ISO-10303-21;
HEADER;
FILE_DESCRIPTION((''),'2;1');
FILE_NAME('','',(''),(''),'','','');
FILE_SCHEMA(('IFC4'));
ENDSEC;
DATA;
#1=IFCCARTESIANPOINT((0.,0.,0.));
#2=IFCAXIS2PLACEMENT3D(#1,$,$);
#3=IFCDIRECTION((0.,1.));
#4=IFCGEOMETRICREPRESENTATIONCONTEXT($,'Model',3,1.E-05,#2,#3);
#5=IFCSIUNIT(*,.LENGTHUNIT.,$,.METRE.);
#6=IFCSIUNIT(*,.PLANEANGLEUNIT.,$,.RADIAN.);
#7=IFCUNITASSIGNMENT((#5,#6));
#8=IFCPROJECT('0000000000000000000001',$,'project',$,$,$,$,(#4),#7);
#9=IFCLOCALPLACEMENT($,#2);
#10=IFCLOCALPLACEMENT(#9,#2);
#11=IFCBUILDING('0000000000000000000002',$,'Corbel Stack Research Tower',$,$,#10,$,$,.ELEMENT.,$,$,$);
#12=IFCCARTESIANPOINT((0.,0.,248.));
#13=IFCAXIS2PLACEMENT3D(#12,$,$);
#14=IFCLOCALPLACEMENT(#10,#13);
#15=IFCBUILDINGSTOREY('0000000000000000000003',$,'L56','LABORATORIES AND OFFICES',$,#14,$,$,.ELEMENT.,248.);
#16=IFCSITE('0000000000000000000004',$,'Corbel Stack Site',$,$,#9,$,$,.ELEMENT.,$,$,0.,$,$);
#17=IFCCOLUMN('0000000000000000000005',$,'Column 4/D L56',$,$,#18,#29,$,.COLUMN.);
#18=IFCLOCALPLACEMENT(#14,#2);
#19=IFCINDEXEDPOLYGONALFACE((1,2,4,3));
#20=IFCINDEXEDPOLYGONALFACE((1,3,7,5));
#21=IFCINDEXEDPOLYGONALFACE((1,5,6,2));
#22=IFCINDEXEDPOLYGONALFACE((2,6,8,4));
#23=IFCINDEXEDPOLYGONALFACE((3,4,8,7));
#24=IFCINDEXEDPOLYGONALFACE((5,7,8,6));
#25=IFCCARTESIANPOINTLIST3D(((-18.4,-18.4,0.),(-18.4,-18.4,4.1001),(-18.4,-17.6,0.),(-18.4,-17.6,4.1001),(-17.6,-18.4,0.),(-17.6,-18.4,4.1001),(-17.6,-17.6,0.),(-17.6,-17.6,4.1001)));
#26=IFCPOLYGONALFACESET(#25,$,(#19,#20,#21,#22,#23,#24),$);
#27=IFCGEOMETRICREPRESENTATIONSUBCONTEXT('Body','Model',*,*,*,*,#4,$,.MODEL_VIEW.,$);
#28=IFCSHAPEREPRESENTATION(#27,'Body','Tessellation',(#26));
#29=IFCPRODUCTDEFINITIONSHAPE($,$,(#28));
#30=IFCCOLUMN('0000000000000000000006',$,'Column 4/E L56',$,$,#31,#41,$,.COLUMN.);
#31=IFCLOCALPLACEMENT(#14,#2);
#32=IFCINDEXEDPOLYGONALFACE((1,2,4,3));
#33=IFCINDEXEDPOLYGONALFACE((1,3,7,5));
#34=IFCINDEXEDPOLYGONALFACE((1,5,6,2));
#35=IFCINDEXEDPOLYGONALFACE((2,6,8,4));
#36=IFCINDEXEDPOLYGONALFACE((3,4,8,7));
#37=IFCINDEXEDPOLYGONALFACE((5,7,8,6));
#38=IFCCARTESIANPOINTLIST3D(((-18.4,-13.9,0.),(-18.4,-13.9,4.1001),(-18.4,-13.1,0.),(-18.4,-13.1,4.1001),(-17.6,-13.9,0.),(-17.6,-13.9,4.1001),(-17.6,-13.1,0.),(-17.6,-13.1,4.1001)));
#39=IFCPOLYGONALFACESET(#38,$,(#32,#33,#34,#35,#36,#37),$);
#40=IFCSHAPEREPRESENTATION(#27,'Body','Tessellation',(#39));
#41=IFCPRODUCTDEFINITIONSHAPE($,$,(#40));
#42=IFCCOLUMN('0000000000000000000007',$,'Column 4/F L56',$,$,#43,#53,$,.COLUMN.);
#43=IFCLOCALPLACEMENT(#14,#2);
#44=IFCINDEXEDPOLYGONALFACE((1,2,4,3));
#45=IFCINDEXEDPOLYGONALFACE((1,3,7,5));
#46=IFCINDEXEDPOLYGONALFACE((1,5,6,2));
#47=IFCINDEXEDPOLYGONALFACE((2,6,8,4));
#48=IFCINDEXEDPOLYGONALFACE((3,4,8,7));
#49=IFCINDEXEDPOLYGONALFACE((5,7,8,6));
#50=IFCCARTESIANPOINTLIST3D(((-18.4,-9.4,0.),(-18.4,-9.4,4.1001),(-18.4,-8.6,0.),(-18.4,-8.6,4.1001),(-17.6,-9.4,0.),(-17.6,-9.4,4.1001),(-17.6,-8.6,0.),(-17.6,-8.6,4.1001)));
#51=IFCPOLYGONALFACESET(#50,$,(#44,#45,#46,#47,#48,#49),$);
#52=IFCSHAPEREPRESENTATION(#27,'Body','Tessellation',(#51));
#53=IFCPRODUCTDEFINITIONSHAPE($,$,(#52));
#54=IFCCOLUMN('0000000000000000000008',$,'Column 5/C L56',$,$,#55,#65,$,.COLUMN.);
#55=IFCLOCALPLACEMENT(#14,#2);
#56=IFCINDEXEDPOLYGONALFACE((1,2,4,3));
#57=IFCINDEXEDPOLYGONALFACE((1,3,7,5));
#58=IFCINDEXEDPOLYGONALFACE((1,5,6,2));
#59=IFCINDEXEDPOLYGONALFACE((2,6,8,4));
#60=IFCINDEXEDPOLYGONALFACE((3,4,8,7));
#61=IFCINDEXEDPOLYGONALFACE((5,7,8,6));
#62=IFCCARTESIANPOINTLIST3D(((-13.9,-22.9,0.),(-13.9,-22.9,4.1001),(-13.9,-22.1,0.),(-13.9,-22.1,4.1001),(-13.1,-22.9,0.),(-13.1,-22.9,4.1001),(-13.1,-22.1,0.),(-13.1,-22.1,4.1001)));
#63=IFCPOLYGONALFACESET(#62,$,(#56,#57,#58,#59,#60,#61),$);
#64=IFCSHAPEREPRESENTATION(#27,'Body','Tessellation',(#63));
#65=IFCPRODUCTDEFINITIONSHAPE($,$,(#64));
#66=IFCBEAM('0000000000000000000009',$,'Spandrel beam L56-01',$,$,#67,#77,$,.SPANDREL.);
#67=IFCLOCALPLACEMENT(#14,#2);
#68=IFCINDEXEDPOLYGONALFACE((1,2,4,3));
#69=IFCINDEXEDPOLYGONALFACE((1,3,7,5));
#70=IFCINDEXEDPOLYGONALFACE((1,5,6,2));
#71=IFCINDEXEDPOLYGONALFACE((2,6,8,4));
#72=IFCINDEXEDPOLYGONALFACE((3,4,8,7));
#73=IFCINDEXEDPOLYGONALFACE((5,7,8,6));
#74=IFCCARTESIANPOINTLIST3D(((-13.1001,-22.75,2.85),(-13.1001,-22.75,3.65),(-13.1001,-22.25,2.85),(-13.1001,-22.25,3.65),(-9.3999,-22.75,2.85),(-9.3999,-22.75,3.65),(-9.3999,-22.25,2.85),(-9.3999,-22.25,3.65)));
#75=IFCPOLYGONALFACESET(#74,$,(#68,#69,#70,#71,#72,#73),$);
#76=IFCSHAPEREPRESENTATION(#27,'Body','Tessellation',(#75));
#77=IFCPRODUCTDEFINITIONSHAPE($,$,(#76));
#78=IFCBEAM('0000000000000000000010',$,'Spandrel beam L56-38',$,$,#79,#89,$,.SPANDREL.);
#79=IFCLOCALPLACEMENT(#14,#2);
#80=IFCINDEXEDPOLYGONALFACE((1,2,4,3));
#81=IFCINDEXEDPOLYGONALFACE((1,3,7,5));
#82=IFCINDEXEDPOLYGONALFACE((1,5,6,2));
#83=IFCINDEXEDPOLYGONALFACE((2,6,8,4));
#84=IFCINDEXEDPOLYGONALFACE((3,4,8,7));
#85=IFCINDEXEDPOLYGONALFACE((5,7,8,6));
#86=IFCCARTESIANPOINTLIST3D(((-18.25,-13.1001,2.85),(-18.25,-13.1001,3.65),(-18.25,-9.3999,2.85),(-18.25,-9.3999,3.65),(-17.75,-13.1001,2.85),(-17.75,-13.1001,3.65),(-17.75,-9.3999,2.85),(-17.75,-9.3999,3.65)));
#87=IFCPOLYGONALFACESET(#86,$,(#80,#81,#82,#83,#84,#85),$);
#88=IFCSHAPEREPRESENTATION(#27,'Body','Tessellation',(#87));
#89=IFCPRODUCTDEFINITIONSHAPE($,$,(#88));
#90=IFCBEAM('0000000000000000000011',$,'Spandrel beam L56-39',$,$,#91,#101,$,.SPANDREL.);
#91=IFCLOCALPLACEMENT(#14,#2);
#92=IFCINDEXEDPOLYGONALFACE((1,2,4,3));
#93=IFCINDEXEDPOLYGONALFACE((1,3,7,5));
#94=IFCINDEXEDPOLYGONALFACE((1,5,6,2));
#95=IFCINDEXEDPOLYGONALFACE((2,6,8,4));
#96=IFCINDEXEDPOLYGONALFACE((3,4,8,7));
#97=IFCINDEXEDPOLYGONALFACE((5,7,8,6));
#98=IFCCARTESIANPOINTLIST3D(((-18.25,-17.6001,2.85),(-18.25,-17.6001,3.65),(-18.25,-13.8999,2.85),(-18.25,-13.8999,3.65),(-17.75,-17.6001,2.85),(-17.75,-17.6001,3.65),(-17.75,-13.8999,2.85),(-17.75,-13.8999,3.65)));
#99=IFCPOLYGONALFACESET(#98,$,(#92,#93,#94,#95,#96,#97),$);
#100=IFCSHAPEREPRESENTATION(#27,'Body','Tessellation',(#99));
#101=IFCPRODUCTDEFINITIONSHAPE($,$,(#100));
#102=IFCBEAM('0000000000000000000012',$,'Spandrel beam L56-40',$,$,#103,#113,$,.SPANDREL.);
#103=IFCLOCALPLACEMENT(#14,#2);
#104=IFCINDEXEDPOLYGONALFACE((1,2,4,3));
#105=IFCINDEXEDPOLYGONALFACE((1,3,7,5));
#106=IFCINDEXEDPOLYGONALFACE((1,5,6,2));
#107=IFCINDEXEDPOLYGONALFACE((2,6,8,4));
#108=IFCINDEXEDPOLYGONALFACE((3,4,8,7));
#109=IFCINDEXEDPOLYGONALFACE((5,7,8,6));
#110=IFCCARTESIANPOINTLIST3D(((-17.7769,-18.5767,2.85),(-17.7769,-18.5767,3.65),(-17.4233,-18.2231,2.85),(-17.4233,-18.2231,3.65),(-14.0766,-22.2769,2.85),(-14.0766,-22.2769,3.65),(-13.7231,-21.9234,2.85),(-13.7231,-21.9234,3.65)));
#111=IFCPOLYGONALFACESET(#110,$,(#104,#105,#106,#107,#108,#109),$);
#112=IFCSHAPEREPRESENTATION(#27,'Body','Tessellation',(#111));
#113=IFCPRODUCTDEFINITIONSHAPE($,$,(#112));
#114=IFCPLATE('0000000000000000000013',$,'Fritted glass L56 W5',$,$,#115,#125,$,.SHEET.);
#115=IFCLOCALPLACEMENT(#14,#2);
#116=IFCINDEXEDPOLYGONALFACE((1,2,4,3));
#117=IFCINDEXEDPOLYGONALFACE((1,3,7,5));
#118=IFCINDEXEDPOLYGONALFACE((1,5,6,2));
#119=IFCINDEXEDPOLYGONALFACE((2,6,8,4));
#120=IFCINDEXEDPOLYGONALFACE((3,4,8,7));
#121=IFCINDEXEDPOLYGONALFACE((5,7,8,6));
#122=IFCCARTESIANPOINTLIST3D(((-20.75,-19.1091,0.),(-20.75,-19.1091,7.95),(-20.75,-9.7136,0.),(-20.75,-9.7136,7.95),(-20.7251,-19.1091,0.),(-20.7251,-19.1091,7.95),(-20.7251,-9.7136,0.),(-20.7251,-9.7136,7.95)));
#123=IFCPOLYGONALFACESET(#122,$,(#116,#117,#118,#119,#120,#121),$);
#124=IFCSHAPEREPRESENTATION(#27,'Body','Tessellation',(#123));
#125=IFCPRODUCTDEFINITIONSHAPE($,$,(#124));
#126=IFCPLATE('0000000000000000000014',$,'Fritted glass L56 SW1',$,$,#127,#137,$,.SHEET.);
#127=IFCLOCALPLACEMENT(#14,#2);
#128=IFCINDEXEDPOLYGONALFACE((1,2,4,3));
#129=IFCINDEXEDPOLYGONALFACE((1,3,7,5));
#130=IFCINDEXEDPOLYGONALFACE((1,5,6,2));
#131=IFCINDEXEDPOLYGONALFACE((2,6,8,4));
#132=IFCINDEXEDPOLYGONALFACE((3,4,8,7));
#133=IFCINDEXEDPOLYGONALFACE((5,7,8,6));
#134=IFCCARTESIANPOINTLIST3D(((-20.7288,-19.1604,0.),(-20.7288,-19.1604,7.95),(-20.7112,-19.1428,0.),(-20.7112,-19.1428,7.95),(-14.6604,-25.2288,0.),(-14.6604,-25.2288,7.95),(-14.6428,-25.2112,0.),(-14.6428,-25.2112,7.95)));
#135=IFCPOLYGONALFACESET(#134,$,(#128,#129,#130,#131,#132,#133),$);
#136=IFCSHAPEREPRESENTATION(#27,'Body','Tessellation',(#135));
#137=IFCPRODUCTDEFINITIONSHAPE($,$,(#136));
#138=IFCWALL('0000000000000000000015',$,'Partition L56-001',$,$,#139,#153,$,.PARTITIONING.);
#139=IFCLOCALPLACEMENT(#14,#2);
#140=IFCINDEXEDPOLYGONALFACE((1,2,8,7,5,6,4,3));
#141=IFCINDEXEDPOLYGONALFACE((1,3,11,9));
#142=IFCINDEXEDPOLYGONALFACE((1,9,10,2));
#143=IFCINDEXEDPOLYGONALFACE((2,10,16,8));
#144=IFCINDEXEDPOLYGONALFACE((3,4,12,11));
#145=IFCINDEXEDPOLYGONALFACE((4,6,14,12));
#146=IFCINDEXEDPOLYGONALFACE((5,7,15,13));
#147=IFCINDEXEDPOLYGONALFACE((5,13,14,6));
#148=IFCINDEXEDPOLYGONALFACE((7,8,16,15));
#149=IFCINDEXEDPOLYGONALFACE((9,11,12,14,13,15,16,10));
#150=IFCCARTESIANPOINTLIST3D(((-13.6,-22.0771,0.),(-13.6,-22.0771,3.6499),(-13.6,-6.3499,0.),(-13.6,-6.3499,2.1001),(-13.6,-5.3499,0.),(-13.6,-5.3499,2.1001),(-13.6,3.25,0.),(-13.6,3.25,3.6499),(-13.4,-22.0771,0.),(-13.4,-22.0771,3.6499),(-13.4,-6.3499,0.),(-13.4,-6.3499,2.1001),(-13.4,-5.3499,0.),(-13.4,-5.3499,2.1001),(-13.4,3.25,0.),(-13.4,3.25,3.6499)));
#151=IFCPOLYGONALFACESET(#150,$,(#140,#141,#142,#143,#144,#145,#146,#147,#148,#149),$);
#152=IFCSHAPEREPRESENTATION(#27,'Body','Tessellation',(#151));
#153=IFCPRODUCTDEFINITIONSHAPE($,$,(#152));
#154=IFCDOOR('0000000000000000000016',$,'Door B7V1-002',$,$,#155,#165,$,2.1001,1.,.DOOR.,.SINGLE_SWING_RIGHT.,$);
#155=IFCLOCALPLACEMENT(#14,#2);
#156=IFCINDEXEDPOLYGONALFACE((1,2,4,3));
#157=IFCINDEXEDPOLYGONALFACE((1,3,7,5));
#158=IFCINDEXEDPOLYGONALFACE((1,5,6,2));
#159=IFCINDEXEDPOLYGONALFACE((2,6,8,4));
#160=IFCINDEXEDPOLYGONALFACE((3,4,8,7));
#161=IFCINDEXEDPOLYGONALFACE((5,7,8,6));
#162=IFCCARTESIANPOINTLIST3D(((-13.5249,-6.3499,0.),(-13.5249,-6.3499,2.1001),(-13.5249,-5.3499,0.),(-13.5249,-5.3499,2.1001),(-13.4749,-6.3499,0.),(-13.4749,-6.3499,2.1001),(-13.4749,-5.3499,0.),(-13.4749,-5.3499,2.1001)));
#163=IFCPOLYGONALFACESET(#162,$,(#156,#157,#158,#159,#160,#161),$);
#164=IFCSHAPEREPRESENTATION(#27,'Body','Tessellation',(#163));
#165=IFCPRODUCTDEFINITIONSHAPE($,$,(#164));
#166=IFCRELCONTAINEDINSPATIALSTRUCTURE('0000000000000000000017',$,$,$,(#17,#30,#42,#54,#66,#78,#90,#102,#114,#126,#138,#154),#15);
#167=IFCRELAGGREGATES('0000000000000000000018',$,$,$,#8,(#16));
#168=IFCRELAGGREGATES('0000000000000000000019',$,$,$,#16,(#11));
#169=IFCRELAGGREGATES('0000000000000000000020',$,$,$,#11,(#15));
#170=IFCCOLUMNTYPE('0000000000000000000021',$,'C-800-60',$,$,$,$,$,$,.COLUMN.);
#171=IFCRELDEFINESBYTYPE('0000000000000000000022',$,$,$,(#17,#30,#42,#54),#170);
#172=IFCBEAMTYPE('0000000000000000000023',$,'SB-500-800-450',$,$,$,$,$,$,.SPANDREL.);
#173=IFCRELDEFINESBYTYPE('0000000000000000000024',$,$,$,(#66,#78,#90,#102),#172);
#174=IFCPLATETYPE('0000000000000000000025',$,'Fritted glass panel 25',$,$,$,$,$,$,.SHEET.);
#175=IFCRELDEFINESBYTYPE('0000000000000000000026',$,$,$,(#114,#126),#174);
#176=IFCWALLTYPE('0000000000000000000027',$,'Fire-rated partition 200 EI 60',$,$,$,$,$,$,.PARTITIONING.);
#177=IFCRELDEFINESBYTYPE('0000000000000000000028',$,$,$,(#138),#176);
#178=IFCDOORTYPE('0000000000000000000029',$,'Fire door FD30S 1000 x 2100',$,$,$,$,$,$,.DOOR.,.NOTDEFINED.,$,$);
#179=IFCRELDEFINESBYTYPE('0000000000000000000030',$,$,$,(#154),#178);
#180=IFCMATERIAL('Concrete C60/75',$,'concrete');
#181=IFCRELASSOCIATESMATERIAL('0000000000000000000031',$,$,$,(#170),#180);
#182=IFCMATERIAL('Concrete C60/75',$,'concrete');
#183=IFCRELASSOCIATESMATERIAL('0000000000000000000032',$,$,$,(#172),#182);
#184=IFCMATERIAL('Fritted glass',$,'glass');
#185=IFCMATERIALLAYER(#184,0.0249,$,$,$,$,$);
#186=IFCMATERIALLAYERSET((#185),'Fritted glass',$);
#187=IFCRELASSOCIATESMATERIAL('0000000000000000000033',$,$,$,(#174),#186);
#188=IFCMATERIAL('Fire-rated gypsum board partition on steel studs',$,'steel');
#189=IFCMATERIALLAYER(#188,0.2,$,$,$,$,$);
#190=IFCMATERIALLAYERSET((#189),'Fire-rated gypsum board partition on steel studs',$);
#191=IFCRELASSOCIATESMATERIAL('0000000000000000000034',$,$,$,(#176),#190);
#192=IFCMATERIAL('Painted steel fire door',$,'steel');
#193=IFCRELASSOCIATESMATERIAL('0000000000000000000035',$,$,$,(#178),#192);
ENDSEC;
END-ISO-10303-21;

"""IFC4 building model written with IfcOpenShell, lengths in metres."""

from ifc_helpers import new_model, si_unit, direction, frame, frame_2d, origin, origin_2d, place, context, subcontext, project, spatial, rectangle, extrude, material, layer, layer_set, material_profile, profile_set, type_object, element, fill, save


model = new_model("IFC4")

# Units and contexts
model_context = context("Model", 3, precision=1e-05, world=origin(), true_north=direction((0.0, 1.0)))
body_context = subcontext(model_context, "Body", "Model", "MODEL_VIEW")
ifc_project = project(units=[si_unit("LENGTHUNIT", "METRE"), si_unit("PLANEANGLEUNIT", "RADIAN")], contexts=[model_context])

# Site, building, storey
site_placement = place(None, origin())
site = spatial("IfcSite", under=ifc_project, at=site_placement, Name="Corbel Stack Site", CompositionType="ELEMENT", RefElevation=0.0)
building_placement = place(site_placement, origin())
building = spatial("IfcBuilding", under=site, at=building_placement, Name="Corbel Stack Research Tower", CompositionType="ELEMENT")
storey_placement = place(building_placement, frame((0.0, 0.0, 248.0)))
storey = spatial("IfcBuildingStorey", under=building, at=storey_placement, Name="L56", Description="LABORATORIES AND OFFICES", CompositionType="ELEMENT", Elevation=248.0)

# Columns
ifc_material_1 = material(Name="Concrete C60/75", Category="concrete")
ifc_material_profile_1 = material_profile(ifc_material_1, rectangle(XDim=0.8, YDim=0.8, at=origin_2d()), Name="RC 800 x 800")
ifc_profile_set_1 = profile_set([ifc_material_profile_1], Name="Concrete C60/75")
column_type = type_object("IfcColumnType", Name="C-800-60", PredefinedType="COLUMN", material=ifc_profile_set_1)
for number, where, z_axis, x_axis, name in (
    (1, (-18.0, -18.0, 0.0), (0.0, 0.0, 1.0), (1.0, 0.0, 0.0), "Column 4/D L56"),
    (2, (-18.0, -13.5, 0.0), (0.0, 0.0, 1.0), (1.0, 0.0, 0.0), "Column 4/E L56"),
    (3, (-18.0, -9.0, 0.0), (0.0, 0.0, 1.0), (1.0, 0.0, 0.0), "Column 4/F L56"),
    (4, (-13.5, -22.5, 0.0), (0.0, 0.0, 1.0), (1.0, 0.0, 0.0), "Column 5/C L56"),
):
    element("IfcColumn", number, at=place(storey_placement, frame(where, z_axis=z_axis, x_axis=x_axis)), inside=storey, type_object=column_type, Name=name, PredefinedType="COLUMN", context=body_context, shape_type="SweptSolid", body=[
        extrude(rectangle(XDim=0.8, YDim=0.8, at=origin_2d()), origin(), (0.0, 0.0, 1.0), 4.1001),
    ])

# Beams
ifc_material_2 = material(Name="Concrete C60/75", Category="concrete")
ifc_material_profile_2 = material_profile(ifc_material_2, rectangle(XDim=0.5, YDim=0.8, at=origin_2d()), Name="RC 500 x 800")
ifc_profile_set_2 = profile_set([ifc_material_profile_2], Name="Concrete C60/75")
beam_type = type_object("IfcBeamType", Name="SB-500-800-450", PredefinedType="SPANDREL", material=ifc_profile_set_2)
for number, where, z_axis, x_axis, name in (
    (5, (-13.1001, -22.5, 3.25), (1.0, 0.0, 0.0), (0.0, 1.0, 0.0), "Spandrel beam L56-01"),
    (6, (-18.0, -9.3999, 3.25), (0.0, -1.0, 0.0), (1.0, 0.0, 0.0), "Spandrel beam L56-38"),
    (7, (-18.0, -13.8999, 3.25), (0.0, -1.0, 0.0), (1.0, 0.0, 0.0), "Spandrel beam L56-39"),
):
    element("IfcBeam", number, at=place(storey_placement, frame(where, z_axis=z_axis, x_axis=x_axis)), inside=storey, type_object=beam_type, Name=name, PredefinedType="SPANDREL", context=body_context, shape_type="SweptSolid", body=[
        extrude(rectangle(XDim=0.5, YDim=0.8, at=origin_2d()), origin(), (0.0, 0.0, 1.0), 3.7002),
    ])
beam_placement = place(storey_placement, frame((-17.6001, -18.3999, 3.25), z_axis=(0.707107, -0.707107, 0.0), x_axis=(0.707107, 0.707107, 0.0)))
element("IfcBeam", 8, at=beam_placement, inside=storey, type_object=beam_type, Name="Spandrel beam L56-40", PredefinedType="SPANDREL", context=body_context, shape_type="SweptSolid", body=[
    extrude(rectangle(XDim=0.5, YDim=0.8, at=origin_2d()), origin(), (0.0, 0.0, 1.0), 5.2329),
])

# Plates
ifc_material_3 = material(Name="Fritted glass", Category="glass")
ifc_layer_1 = layer(ifc_material_3, 0.0249)
ifc_layer_set_1 = layer_set([ifc_layer_1], Name="Fritted glass")
plate_type = type_object("IfcPlateType", Name="Fritted glass panel 25", PredefinedType="SHEET", material=ifc_layer_set_1)
plate_1_placement = place(storey_placement, frame((-20.7375, -14.4114, 0.0), z_axis=(0.0, 0.0, 1.0), x_axis=(0.0, -1.0, 0.0)))
element("IfcPlate", 9, at=plate_1_placement, inside=storey, type_object=plate_type, Name="Fritted glass L56 W5", PredefinedType="SHEET", context=body_context, shape_type="SweptSolid", body=[
    extrude(rectangle(XDim=9.3955, YDim=0.0249, at=origin_2d()), origin(), (0.0, 0.0, 1.0), 7.95),
])
plate_2_placement = place(storey_placement, frame((-17.6858, -22.1858, 0.0), z_axis=(0.0, 0.0, 1.0), x_axis=(0.707107, -0.707107, 0.0)))
element("IfcPlate", 10, at=plate_2_placement, inside=storey, type_object=plate_type, Name="Fritted glass L56 SW1", PredefinedType="SHEET", context=body_context, shape_type="SweptSolid", body=[
    extrude(rectangle(XDim=8.582, YDim=0.0249, at=origin_2d()), origin(), (0.0, 0.0, 1.0), 7.95),
])

# Wall, opening, door
ifc_material_4 = material(Name="Fire-rated gypsum board partition on steel studs", Category="steel")
ifc_layer_2 = layer(ifc_material_4, 0.2)
ifc_layer_set_2 = layer_set([ifc_layer_2], Name="Fire-rated gypsum board partition on steel studs")
wall_type_1 = type_object("IfcWallType", Name="Fire-rated partition 200 EI 60", PredefinedType="PARTITIONING", material=ifc_layer_set_2)
wall_1_placement = place(storey_placement, frame((-13.5, -22.0771, 0.0), z_axis=(0.0, 0.0, 1.0), x_axis=(0.0, 1.0, 0.0)))
wall_1 = element("IfcWall", 11, at=wall_1_placement, inside=storey, type_object=wall_type_1, Name="Partition L56-001", PredefinedType="PARTITIONING", context=body_context, shape_type="SweptSolid", body=[
    extrude(rectangle(XDim=25.3271, YDim=0.2, at=frame_2d((12.6636, 0.0))), origin(), (0.0, 0.0, 1.0), 3.6499),
])
opening_1_placement = place(wall_1_placement, frame((15.7273, 0.0, 0.0)))
opening_1 = element("IfcOpeningElement", 12, at=opening_1_placement, cuts=wall_1, PredefinedType="OPENING", context=body_context, shape_type="SweptSolid", body=[
    extrude(rectangle(XDim=1.0, YDim=2.1001, at=frame_2d((0.5, 1.05))), frame((0.0, 0.1099, 0.0), z_axis=(0.0, -1.0, 0.0), x_axis=(1.0, 0.0, 0.0)), (0.0, 0.0, 1.0), 0.22),
])
ifc_material_5 = material(Name="Painted steel fire door", Category="steel")
door_type_1 = type_object("IfcDoorType", Name="Fire door FD30S 1000 x 2100", OperationType="NOTDEFINED", PredefinedType="DOOR", material=ifc_material_5)
door_1_placement = place(opening_1_placement, origin())
door_1 = element("IfcDoor", 13, at=door_1_placement, inside=storey, type_object=door_type_1, Name="Door B7V1-002", OperationType="SINGLE_SWING_RIGHT", OverallHeight=2.1001, OverallWidth=1.0, PredefinedType="DOOR", context=body_context, shape_type="SweptSolid", body=[
    extrude(rectangle(XDim=1.0, YDim=2.1001, at=frame_2d((0.5, 1.05))), frame((0.0, 0.0249, 0.0), z_axis=(0.0, -1.0, 0.0), x_axis=(1.0, 0.0, 0.0)), (0.0, 0.0, 1.0), 0.05),
])
fill(opening_1, door_1)

save(model, "model.ifc")
